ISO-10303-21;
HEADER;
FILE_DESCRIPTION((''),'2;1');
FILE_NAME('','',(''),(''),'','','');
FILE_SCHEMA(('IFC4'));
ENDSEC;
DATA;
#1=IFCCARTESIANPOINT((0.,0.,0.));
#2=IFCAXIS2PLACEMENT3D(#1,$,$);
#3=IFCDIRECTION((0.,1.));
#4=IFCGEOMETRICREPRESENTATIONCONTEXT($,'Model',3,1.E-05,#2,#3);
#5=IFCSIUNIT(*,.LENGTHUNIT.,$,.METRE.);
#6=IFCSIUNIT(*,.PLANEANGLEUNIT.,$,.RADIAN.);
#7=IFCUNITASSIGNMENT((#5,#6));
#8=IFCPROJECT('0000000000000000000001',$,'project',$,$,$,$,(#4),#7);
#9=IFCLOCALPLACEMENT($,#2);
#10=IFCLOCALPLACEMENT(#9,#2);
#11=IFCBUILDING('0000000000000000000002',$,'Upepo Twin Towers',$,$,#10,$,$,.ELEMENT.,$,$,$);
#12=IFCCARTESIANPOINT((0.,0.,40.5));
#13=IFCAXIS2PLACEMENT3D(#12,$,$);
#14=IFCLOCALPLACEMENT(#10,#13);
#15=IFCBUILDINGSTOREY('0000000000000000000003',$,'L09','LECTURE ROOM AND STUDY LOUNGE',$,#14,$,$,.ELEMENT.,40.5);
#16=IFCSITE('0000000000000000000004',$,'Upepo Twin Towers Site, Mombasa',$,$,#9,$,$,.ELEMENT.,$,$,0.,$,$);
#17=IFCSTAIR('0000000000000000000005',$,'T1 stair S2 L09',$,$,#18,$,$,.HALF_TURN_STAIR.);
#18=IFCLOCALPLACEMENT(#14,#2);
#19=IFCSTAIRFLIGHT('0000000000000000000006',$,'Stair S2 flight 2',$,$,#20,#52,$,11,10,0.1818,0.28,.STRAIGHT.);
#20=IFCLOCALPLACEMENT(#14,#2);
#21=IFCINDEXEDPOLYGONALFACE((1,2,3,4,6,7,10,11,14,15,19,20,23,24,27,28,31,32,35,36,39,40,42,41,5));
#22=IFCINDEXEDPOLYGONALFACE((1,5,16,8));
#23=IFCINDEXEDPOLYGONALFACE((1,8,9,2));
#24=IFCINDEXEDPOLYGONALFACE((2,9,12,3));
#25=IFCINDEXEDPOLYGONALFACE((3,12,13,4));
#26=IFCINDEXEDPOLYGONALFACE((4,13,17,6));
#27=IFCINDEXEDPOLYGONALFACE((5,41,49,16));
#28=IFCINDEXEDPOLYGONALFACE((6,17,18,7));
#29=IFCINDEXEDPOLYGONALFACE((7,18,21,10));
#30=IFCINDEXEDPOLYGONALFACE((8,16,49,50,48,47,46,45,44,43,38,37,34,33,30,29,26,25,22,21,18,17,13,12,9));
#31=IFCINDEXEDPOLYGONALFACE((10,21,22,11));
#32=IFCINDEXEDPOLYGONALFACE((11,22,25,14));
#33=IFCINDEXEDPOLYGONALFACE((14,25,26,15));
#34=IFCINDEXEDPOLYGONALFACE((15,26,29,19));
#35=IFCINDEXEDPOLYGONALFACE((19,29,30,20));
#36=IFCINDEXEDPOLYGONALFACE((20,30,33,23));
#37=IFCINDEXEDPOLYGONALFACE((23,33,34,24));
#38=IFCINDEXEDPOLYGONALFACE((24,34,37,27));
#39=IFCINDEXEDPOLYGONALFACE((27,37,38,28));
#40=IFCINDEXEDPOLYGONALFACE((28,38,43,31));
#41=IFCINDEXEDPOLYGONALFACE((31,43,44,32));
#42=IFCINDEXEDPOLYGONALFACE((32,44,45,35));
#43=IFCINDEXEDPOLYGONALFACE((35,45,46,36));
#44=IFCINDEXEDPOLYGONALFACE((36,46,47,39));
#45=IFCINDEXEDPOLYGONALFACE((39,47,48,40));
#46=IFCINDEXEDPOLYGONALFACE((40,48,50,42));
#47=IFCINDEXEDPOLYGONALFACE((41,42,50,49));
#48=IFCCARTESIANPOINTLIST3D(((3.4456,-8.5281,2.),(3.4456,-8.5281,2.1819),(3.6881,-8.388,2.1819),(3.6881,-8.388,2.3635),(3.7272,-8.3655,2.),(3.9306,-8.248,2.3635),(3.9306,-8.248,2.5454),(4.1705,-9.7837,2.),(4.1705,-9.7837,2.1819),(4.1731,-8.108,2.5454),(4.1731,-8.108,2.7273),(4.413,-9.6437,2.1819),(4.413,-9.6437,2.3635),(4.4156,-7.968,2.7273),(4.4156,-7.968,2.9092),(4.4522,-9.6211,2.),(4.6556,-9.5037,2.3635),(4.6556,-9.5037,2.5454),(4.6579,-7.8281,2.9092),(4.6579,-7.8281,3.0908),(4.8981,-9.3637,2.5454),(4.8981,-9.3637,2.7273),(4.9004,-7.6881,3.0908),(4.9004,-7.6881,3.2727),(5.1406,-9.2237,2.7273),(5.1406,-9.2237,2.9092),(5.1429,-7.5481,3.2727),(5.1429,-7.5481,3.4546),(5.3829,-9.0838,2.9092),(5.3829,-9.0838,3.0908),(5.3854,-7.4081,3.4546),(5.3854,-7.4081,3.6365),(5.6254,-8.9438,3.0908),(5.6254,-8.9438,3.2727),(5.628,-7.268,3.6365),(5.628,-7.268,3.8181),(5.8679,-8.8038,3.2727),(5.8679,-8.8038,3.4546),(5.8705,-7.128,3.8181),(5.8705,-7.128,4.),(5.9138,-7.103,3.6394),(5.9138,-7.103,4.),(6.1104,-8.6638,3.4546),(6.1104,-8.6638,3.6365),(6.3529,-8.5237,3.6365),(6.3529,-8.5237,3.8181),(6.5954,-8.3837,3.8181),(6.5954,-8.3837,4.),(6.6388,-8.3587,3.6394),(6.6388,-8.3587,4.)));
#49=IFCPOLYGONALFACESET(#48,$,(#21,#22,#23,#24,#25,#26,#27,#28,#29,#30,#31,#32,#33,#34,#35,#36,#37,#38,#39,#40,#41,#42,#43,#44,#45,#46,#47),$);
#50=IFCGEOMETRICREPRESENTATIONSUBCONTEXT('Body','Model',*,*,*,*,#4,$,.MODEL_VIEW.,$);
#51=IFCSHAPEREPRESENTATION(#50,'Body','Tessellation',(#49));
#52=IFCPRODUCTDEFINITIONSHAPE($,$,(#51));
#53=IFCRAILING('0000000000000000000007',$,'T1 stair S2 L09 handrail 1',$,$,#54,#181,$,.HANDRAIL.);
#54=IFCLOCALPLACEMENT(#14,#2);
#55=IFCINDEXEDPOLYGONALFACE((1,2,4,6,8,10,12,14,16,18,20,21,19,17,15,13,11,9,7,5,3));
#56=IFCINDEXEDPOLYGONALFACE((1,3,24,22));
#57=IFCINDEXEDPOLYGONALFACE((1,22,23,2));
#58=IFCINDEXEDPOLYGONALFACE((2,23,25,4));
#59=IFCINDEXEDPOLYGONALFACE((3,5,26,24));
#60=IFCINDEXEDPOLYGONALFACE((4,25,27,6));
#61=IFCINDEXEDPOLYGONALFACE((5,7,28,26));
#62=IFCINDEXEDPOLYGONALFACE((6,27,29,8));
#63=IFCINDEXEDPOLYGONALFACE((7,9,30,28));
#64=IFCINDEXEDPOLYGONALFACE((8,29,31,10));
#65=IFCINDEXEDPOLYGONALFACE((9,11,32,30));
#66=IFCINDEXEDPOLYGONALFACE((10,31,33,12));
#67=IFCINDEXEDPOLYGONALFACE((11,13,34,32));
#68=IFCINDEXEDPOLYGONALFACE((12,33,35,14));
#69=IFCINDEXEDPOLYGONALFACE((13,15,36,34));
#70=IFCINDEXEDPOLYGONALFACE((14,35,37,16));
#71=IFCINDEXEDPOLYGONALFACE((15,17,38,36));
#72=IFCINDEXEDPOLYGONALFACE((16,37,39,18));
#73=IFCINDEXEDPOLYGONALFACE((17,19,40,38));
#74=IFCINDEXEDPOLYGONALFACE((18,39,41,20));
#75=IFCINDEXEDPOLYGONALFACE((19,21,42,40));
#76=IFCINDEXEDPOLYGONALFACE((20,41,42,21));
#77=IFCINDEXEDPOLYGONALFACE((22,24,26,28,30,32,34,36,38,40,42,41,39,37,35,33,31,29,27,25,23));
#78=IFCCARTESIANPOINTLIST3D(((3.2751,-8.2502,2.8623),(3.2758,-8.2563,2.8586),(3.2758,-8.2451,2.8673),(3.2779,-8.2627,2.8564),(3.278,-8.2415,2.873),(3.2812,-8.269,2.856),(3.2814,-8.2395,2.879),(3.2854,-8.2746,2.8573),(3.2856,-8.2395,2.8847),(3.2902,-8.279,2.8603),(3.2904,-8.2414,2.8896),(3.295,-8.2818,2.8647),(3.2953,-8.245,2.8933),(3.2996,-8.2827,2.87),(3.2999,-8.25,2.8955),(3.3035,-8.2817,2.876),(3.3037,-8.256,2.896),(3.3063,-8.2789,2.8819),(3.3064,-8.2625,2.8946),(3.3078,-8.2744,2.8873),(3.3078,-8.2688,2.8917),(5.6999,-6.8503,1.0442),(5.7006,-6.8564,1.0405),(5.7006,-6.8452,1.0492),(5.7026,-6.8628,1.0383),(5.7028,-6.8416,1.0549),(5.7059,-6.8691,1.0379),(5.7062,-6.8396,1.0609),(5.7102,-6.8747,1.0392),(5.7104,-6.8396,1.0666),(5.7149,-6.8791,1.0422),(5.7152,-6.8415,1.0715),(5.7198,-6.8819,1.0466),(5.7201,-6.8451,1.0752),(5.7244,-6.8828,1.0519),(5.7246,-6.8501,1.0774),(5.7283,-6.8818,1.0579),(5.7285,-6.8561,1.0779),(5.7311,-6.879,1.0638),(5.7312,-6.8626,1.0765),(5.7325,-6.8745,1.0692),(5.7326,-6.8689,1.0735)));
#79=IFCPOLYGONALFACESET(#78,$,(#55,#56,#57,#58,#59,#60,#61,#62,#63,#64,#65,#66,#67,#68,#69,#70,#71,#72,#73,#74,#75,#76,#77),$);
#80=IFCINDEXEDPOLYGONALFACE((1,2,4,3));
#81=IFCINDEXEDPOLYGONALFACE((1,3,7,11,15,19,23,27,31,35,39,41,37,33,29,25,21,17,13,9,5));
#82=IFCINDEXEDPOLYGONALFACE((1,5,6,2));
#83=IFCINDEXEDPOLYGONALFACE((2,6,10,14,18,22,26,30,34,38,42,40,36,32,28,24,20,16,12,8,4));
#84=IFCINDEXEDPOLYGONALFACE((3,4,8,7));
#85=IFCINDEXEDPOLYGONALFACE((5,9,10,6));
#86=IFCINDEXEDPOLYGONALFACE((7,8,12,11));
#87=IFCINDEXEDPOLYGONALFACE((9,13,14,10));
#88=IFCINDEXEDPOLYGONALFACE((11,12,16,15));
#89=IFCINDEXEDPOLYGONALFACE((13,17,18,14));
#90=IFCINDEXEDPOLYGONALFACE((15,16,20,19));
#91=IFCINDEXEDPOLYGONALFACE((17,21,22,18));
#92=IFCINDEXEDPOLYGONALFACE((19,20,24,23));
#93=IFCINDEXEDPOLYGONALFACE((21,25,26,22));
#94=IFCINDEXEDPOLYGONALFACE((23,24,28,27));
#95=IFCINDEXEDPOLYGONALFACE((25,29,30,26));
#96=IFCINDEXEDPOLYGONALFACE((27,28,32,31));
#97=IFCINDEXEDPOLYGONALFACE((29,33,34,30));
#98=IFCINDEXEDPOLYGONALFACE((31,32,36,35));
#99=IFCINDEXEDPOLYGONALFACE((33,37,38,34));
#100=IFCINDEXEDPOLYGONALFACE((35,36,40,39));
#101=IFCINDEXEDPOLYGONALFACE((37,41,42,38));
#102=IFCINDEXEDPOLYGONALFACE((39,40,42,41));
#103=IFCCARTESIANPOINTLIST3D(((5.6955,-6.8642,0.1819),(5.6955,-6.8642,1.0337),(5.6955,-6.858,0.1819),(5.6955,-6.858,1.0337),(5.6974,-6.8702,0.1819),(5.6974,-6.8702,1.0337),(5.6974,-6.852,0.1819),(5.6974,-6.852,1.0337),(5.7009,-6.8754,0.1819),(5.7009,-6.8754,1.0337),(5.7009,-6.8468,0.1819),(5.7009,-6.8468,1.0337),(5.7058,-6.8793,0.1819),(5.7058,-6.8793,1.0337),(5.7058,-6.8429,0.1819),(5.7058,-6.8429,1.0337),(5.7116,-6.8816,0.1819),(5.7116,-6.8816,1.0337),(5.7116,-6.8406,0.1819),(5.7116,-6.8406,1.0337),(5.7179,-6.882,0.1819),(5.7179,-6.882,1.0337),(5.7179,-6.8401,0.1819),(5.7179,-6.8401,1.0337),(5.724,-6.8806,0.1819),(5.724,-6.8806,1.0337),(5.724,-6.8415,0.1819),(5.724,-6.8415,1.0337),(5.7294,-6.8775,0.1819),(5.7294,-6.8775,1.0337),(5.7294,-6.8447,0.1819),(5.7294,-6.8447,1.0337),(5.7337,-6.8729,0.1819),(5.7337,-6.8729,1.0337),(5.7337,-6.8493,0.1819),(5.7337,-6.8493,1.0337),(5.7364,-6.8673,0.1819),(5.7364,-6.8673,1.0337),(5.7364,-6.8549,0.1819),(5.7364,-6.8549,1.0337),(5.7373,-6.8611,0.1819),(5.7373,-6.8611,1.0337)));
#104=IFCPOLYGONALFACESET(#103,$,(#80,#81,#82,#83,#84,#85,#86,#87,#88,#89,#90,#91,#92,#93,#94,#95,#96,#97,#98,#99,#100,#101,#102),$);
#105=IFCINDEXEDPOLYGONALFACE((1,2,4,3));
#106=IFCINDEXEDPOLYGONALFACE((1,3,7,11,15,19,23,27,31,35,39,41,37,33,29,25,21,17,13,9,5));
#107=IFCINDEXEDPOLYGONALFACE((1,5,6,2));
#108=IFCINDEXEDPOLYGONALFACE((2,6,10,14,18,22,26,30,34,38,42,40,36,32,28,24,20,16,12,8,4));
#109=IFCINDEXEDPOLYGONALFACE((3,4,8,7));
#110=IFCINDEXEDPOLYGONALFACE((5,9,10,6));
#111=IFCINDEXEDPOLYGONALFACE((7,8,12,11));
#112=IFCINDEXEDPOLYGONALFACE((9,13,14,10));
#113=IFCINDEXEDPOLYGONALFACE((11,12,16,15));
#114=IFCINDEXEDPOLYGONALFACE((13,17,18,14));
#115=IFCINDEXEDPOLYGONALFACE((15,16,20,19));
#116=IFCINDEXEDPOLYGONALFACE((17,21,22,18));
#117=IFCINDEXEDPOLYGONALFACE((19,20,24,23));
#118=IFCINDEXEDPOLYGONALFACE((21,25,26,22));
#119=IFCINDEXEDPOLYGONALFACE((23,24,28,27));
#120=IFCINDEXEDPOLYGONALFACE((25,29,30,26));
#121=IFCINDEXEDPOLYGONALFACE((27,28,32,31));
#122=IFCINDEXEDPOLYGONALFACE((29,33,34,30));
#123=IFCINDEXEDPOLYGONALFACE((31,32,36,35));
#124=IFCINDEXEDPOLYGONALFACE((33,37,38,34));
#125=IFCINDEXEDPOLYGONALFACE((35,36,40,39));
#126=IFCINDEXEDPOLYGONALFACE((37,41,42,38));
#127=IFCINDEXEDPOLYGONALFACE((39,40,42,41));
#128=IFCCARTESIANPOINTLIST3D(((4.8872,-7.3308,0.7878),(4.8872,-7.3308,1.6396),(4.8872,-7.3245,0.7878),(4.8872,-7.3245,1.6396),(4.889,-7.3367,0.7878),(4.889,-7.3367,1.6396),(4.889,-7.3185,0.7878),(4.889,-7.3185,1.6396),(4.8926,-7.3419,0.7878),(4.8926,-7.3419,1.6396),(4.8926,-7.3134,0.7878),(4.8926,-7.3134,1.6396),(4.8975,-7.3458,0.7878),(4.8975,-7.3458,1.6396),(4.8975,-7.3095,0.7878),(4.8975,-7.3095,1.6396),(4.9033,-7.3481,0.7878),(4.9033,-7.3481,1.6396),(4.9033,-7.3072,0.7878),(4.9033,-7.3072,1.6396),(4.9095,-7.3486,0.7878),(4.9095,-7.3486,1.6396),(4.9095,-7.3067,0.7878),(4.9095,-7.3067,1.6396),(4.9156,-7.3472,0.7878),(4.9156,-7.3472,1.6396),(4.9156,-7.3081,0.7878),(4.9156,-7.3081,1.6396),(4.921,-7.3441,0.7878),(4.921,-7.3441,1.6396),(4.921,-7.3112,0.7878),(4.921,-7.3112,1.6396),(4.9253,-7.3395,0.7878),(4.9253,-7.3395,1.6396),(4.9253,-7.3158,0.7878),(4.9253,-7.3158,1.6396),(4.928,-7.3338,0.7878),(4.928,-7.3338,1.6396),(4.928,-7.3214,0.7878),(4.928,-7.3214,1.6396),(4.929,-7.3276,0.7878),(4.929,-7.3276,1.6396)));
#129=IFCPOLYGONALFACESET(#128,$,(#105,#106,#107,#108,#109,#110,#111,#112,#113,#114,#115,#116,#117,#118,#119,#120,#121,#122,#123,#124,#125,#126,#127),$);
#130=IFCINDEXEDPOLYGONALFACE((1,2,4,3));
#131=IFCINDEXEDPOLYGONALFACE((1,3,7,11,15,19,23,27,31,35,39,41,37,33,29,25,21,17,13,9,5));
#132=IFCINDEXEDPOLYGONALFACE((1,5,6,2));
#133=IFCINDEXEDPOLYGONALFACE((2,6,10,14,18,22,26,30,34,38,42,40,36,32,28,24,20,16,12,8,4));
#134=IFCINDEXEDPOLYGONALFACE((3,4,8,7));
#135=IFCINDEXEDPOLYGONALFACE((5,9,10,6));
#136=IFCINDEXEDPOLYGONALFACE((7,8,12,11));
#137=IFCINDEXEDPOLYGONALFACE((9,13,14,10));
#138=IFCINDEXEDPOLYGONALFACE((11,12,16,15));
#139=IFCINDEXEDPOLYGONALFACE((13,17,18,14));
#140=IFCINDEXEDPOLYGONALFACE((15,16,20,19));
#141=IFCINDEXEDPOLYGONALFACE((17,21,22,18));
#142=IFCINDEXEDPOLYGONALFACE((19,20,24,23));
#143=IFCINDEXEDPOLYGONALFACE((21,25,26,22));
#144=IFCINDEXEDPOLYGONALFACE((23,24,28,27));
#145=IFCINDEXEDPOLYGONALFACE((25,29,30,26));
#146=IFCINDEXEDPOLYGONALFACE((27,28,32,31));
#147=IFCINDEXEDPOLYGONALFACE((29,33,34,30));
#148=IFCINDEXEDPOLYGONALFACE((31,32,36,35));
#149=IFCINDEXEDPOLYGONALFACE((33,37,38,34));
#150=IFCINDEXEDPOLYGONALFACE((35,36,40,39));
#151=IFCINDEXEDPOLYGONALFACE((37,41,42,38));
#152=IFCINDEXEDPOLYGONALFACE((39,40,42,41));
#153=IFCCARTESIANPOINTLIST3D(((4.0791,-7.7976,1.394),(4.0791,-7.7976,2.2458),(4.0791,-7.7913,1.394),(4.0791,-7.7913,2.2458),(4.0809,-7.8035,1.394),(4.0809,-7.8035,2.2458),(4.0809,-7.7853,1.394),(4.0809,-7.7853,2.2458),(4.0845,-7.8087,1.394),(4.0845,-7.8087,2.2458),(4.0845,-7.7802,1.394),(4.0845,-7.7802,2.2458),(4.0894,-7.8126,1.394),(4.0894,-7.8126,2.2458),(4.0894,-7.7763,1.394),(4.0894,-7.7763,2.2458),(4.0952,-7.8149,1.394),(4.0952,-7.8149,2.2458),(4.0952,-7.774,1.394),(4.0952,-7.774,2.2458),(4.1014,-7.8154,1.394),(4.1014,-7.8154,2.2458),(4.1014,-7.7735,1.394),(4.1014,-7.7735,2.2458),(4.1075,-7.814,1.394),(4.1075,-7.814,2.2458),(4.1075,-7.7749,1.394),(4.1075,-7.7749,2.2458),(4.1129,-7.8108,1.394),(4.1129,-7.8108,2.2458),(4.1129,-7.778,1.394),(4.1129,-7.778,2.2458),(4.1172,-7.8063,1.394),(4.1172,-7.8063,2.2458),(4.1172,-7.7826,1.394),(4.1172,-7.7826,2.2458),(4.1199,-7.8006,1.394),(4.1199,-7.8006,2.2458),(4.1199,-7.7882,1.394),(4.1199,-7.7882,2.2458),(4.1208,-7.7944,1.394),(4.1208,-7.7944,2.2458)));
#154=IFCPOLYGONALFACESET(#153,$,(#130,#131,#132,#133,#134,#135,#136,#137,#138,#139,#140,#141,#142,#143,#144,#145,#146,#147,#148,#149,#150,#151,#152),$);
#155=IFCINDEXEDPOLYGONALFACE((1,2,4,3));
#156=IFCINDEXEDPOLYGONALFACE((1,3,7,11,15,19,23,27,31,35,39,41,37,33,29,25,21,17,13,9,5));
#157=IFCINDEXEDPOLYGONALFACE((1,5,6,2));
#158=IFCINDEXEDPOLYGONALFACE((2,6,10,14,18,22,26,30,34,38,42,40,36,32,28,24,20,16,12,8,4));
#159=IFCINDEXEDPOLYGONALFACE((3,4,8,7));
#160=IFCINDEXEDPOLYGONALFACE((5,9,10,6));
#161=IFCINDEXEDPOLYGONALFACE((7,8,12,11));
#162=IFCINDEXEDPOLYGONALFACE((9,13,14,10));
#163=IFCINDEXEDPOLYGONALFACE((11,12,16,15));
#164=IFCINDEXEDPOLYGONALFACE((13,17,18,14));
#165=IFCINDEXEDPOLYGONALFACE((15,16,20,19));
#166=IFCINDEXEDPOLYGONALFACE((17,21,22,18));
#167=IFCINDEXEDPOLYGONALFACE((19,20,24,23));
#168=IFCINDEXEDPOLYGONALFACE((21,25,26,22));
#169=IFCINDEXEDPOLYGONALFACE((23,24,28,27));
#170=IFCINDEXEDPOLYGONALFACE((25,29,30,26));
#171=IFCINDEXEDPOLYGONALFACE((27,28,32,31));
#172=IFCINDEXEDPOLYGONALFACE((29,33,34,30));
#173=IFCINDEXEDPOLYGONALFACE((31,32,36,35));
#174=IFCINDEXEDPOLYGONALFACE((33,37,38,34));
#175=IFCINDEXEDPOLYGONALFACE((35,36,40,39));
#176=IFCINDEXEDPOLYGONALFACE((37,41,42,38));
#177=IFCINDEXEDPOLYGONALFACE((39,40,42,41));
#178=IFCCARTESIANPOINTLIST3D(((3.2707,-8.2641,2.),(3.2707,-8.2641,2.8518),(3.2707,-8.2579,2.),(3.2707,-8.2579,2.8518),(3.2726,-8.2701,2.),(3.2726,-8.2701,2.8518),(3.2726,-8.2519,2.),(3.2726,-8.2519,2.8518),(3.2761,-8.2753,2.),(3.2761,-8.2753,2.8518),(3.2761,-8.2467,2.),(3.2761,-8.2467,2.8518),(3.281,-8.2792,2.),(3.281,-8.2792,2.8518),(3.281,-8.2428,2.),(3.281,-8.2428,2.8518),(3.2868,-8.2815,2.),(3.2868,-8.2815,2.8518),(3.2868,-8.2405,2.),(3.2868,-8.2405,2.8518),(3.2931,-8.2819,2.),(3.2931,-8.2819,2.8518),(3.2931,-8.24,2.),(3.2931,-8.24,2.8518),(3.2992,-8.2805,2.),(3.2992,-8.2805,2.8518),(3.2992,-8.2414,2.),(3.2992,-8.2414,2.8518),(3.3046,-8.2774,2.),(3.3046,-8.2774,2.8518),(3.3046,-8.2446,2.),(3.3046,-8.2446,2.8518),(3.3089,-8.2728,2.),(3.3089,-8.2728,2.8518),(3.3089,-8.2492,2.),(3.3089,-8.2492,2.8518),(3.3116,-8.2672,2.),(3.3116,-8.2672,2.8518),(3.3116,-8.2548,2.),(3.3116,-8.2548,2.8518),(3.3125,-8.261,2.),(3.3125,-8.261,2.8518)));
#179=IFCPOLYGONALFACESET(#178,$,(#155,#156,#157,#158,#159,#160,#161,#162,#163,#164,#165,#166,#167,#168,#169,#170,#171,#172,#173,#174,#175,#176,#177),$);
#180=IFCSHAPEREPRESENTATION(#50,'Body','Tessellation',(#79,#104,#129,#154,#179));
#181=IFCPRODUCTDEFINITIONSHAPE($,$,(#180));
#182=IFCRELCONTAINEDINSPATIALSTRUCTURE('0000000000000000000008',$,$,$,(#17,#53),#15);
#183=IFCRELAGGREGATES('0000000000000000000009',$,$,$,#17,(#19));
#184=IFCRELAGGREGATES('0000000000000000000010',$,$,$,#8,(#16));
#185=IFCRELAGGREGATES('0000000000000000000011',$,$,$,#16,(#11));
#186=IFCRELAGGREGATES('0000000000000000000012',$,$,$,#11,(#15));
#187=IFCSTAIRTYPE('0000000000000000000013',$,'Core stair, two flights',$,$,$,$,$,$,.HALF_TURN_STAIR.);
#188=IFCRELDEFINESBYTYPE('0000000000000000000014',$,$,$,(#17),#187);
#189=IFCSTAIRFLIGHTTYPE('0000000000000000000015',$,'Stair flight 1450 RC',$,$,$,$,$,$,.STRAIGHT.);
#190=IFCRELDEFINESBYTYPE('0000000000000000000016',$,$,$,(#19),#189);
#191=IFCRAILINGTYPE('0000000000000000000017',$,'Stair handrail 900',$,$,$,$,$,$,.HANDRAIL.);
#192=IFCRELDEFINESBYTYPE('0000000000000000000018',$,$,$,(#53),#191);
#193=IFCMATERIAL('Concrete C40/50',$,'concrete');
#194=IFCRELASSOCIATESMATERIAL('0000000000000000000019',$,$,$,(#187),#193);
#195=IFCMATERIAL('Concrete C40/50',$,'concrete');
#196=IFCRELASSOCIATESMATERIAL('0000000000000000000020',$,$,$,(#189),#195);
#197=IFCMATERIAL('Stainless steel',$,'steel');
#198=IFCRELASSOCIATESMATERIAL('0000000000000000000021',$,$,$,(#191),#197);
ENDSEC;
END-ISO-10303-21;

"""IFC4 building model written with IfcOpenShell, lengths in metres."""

from ifc_helpers import new_model, si_unit, direction, frame, origin, origin_2d, place, context, subcontext, project, spatial, polyline, circle, outline, extrude, material, type_object, element, aggregate, save


model = new_model("IFC4")

# Units and contexts
model_context = context("Model", 3, precision=1e-05, world=origin(), true_north=direction((0.0, 1.0)))
body_context = subcontext(model_context, "Body", "Model", "MODEL_VIEW")
ifc_project = project(units=[si_unit("LENGTHUNIT", "METRE"), si_unit("PLANEANGLEUNIT", "RADIAN")], contexts=[model_context])

# Site, building, storey
site_placement = place(None, origin())
site = spatial("IfcSite", under=ifc_project, at=site_placement, Name="Upepo Twin Towers Site, Mombasa", CompositionType="ELEMENT", RefElevation=0.0)
building_placement = place(site_placement, origin())
building = spatial("IfcBuilding", under=site, at=building_placement, Name="Upepo Twin Towers", CompositionType="ELEMENT")
storey_placement = place(building_placement, frame((0.0, 0.0, 40.5)))
storey = spatial("IfcBuildingStorey", under=building, at=storey_placement, Name="L09", Description="LECTURE ROOM AND STUDY LOUNGE", CompositionType="ELEMENT", Elevation=40.5)

# Stair, stair flight
ifc_material_1 = material(Name="Concrete C40/50", Category="concrete")
stair_type = type_object("IfcStairType", Name="Core stair, two flights", PredefinedType="HALF_TURN_STAIR", material=ifc_material_1)
stair_placement = place(storey_placement, origin())
stair = element("IfcStair", 1, at=stair_placement, inside=storey, type_object=stair_type, Name="T1 stair S2 L09", PredefinedType="HALF_TURN_STAIR")
ifc_material_2 = material(Name="Concrete C40/50", Category="concrete")
stair_flight_type = type_object("IfcStairFlightType", Name="Stair flight 1450 RC", PredefinedType="STRAIGHT", material=ifc_material_2)
stair_flight_1_placement = place(storey_placement, frame((3.8081, -9.156, 2.0), z_axis=(0.0, 0.0, 1.0), x_axis=(0.866025, 0.5, 0.0)))
stair_flight_1 = element("IfcStairFlight", 2, at=stair_flight_1_placement, type_object=stair_flight_type, Name="Stair S2 flight 2", NumberOfRisers=11, NumberOfTreads=10, PredefinedType="STRAIGHT", RiserHeight=0.1818, TreadLength=0.28, context=body_context, shape_type="SweptSolid", body=[
    extrude(outline(polyline([(0.0, 0.0), (0.0, 0.1819), (0.28, 0.1819), (0.28, 0.3635), (0.5601, 0.3635), (0.5601, 0.5454), (0.8401, 0.5454), (0.8401, 0.7273), (1.1201, 0.7273), (1.1201, 0.9092), (1.3999, 0.9092), (1.3999, 1.0908), (1.6799, 1.0908), (1.6799, 1.2727), (1.96, 1.2727), (1.96, 1.4546), (2.24, 1.4546), (2.24, 1.6365), (2.52, 1.6365), (2.52, 1.8181), (2.8, 1.8181), (2.8, 2.0), (2.8501, 2.0), (2.8501, 1.6394), (0.3252, 0.0), (0.0, 0.0)])), frame((0.0, 0.7251, 0.0), z_axis=(0.0, -1.0, 0.0), x_axis=(1.0, 0.0, 0.0)), (0.0, 0.0, 1.0), 1.45),
])
aggregate(stair, [stair_flight_1])

# Railing
ifc_material_3 = material(Name="Stainless steel", Category="steel")
railing_type = type_object("IfcRailingType", Name="Stair handrail 900", PredefinedType="HANDRAIL", material=ifc_material_3)
railing_1_placement = place(storey_placement, frame((5.7163, -6.8611, 0.1819)))
element("IfcRailing", 3, at=railing_1_placement, inside=storey, type_object=railing_type, Name="T1 stair S2 L09 handrail 1", PredefinedType="HANDRAIL", context=body_context, shape_type="SweptSolid", body=[
    extrude(circle(Radius=0.0239, at=origin_2d()), frame((0.0, 0.0, 0.876), z_axis=(-0.726336, -0.419333, 0.544606), x_axis=(0.499984, -0.866035, 0.0)), (0.0, 0.0, 1.0), 3.3384),
    extrude(circle(Radius=0.021, at=origin_2d()), origin(), (0.0, 0.0, 1.0), 0.8518),
    extrude(circle(Radius=0.021, at=origin_2d()), frame((-0.8083, -0.4666, 0.606)), (0.0, 0.0, 1.0), 0.8518),
    extrude(circle(Radius=0.021, at=origin_2d()), frame((-1.6165, -0.9333, 1.2122)), (0.0, 0.0, 1.0), 0.8518),
    extrude(circle(Radius=0.021, at=origin_2d()), frame((-2.4248, -1.3999, 1.8181)), (0.0, 0.0, 1.0), 0.8518),
])

save(model, "model.ifc")
